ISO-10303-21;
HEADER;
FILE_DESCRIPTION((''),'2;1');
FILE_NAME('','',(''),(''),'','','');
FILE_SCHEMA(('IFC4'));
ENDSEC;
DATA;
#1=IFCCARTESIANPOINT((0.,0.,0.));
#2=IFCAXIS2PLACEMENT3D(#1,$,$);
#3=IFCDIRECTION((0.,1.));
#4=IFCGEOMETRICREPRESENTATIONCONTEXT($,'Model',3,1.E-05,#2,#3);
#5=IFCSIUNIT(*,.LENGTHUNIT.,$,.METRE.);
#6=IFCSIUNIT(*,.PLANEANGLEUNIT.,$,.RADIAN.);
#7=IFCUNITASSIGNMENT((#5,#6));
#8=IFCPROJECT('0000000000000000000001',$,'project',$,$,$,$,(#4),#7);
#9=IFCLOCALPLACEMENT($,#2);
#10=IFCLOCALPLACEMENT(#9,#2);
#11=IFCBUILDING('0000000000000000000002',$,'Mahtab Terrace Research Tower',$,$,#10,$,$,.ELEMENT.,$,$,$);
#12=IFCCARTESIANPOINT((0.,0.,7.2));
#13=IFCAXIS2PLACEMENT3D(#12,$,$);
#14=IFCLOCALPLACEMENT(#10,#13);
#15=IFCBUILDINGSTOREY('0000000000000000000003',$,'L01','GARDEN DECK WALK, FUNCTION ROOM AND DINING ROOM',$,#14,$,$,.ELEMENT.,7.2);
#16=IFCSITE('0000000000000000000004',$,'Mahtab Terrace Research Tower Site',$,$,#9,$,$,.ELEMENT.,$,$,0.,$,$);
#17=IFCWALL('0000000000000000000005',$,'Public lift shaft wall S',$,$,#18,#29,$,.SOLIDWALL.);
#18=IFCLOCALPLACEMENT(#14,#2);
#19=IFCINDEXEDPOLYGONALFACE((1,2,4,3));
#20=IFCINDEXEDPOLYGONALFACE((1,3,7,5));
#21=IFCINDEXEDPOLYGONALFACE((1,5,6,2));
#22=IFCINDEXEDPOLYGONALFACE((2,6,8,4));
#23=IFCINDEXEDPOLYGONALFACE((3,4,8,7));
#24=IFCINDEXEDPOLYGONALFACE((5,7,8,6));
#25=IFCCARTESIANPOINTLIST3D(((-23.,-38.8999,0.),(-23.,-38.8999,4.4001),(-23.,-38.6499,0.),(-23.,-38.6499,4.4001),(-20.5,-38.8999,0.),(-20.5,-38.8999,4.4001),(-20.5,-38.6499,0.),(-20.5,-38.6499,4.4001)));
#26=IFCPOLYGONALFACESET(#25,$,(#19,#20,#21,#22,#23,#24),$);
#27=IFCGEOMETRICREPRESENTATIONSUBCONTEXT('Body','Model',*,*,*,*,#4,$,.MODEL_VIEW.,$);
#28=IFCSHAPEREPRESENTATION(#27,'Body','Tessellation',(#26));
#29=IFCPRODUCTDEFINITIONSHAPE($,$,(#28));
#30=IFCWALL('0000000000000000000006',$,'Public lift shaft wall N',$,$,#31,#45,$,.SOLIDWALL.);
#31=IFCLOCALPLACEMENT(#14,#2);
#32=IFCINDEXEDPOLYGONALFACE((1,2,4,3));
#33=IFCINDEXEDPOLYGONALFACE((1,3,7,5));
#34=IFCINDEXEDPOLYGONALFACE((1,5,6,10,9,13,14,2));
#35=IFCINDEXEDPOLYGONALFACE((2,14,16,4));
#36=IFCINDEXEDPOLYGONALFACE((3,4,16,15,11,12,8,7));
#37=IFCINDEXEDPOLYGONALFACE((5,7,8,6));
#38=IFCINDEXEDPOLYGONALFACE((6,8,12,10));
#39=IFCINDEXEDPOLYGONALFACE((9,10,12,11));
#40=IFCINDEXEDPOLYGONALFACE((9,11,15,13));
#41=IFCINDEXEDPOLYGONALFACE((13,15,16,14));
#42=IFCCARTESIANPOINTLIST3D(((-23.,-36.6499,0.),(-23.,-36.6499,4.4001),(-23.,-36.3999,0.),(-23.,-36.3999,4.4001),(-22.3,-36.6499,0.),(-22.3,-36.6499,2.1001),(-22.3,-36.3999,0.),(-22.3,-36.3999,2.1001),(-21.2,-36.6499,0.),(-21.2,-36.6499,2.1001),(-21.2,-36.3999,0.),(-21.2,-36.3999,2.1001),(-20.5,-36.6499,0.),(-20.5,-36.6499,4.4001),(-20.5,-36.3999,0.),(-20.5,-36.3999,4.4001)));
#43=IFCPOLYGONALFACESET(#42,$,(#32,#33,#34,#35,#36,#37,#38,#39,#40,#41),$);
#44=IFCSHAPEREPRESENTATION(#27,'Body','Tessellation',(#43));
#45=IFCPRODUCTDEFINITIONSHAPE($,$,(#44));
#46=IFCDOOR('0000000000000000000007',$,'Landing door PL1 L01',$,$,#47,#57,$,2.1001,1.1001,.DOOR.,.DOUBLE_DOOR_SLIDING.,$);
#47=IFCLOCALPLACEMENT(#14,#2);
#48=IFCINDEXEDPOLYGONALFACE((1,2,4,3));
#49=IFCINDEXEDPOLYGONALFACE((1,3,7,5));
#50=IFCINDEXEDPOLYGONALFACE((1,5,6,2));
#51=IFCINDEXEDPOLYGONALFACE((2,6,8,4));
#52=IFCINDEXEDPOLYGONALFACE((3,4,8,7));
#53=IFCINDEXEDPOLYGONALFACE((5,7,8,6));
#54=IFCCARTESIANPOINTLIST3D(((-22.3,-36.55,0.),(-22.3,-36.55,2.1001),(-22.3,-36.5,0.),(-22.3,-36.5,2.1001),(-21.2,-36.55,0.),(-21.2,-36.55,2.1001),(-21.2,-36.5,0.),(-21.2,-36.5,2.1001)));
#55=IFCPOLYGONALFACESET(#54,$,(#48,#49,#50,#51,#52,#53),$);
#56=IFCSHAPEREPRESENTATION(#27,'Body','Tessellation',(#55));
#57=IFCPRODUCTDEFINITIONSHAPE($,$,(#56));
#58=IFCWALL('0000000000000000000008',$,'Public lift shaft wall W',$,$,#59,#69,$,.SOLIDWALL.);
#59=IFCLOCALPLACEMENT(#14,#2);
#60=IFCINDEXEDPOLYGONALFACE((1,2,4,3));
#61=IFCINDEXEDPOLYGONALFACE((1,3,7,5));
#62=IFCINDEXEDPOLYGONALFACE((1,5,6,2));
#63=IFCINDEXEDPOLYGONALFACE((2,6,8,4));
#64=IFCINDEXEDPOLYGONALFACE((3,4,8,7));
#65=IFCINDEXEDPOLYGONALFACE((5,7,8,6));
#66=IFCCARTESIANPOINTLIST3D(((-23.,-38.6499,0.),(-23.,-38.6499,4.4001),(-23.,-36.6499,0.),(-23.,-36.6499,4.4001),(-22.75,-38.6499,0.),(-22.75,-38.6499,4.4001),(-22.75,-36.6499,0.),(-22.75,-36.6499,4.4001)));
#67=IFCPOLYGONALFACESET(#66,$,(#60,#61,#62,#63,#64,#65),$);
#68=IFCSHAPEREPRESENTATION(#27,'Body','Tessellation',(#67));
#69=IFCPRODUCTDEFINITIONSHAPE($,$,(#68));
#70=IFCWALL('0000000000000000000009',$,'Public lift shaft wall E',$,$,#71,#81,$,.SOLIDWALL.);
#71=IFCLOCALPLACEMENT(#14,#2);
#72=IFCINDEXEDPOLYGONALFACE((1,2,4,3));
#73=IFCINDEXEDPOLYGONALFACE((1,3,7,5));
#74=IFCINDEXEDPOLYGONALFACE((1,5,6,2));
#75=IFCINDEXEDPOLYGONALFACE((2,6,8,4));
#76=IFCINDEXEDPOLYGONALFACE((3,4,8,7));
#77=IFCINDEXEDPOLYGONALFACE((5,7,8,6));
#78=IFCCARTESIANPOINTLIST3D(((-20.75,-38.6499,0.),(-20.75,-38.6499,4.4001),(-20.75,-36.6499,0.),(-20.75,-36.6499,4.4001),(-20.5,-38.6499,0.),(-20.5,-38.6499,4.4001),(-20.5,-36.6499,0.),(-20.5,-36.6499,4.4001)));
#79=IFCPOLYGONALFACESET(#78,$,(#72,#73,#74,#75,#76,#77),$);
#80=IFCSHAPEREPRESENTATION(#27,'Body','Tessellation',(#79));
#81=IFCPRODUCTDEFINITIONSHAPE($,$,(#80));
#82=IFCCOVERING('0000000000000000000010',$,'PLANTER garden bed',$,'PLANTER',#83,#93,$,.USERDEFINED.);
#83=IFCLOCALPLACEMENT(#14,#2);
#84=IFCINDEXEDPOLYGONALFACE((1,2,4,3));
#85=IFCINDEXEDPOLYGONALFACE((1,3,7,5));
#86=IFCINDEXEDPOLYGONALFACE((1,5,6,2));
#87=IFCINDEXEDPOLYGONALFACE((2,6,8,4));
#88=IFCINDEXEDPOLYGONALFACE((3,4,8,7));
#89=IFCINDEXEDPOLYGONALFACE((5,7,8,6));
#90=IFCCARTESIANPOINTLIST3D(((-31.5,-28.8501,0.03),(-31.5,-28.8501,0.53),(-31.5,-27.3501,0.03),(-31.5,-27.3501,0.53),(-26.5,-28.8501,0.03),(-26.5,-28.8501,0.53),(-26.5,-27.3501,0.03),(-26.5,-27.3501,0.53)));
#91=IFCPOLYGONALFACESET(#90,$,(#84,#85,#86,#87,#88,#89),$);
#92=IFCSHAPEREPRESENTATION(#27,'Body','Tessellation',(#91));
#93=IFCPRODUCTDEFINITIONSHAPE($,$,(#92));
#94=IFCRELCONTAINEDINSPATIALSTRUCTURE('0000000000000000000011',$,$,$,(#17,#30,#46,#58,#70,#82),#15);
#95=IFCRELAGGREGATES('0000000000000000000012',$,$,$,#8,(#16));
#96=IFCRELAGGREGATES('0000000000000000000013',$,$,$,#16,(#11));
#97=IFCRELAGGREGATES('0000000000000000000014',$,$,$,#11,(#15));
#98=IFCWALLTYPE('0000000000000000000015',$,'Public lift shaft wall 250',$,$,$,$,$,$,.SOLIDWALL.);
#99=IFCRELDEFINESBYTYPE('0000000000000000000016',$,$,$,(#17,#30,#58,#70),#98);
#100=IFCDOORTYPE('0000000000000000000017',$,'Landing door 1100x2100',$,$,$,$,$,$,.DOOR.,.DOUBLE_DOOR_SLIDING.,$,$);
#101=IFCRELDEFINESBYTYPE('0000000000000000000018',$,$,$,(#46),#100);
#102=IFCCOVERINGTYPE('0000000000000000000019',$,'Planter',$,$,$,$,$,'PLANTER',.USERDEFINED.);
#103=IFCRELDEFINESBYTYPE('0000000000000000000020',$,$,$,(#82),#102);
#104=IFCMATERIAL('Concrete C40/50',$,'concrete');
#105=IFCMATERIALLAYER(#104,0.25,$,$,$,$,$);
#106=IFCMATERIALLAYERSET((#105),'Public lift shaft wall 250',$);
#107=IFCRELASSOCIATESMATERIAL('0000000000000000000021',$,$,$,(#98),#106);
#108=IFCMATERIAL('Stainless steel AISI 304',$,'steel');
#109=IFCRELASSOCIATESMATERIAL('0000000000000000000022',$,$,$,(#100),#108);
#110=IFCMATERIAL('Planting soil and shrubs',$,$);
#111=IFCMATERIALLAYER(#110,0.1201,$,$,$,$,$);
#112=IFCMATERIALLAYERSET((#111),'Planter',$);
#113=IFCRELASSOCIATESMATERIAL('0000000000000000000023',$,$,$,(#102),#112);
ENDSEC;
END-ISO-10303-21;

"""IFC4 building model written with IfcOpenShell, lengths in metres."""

from ifc_helpers import new_model, si_unit, direction, frame, frame_2d, origin, origin_2d, place, context, subcontext, project, spatial, rectangle, extrude, material, layer, layer_set, type_object, element, fill, save


model = new_model("IFC4")

# Units and contexts
model_context = context("Model", 3, precision=1e-05, world=origin(), true_north=direction((0.0, 1.0)))
body_context = subcontext(model_context, "Body", "Model", "MODEL_VIEW")
ifc_project = project(units=[si_unit("LENGTHUNIT", "METRE"), si_unit("PLANEANGLEUNIT", "RADIAN")], contexts=[model_context])

# Site, building, storey
site_placement = place(None, origin())
site = spatial("IfcSite", under=ifc_project, at=site_placement, Name="Mahtab Terrace Research Tower Site", CompositionType="ELEMENT", RefElevation=0.0)
building_placement = place(site_placement, origin())
building = spatial("IfcBuilding", under=site, at=building_placement, Name="Mahtab Terrace Research Tower", CompositionType="ELEMENT")
storey_placement = place(building_placement, frame((0.0, 0.0, 7.2)))
storey = spatial("IfcBuildingStorey", under=building, at=storey_placement, Name="L01", Description="GARDEN DECK WALK, FUNCTION ROOM AND DINING ROOM", CompositionType="ELEMENT", Elevation=7.2)

# Wall
ifc_material_1 = material(Name="Concrete C40/50", Category="concrete")
ifc_layer_1 = layer(ifc_material_1, 0.25)
ifc_layer_set_1 = layer_set([ifc_layer_1], Name="Public lift shaft wall 250")
wall_type_1 = type_object("IfcWallType", Name="Public lift shaft wall 250", PredefinedType="SOLIDWALL", material=ifc_layer_set_1)
wall_1_placement = place(storey_placement, frame((-20.5, -38.7749, 0.0), z_axis=(0.0, 0.0, 1.0), x_axis=(-1.0, 0.0, 0.0)))
element("IfcWall", 1, at=wall_1_placement, inside=storey, type_object=wall_type_1, Name="Public lift shaft wall S", PredefinedType="SOLIDWALL", context=body_context, shape_type="SweptSolid", body=[
    extrude(rectangle(XDim=2.5, YDim=0.25, at=frame_2d((1.25, 0.0))), origin(), (0.0, 0.0, 1.0), 4.4001),
])

# Wall, opening, door
wall_2_placement = place(storey_placement, frame((-23.0, -36.5249, 0.0), z_axis=(0.0, 0.0, 1.0), x_axis=(1.0, 0.0, 0.0)))
wall_2 = element("IfcWall", 2, at=wall_2_placement, inside=storey, type_object=wall_type_1, Name="Public lift shaft wall N", PredefinedType="SOLIDWALL", context=body_context, shape_type="SweptSolid", body=[
    extrude(rectangle(XDim=2.5, YDim=0.25, at=frame_2d((1.25, 0.0))), origin(), (0.0, 0.0, 1.0), 4.4001),
])
opening_1_placement = place(wall_2_placement, frame((0.7, 0.0, 0.0)))
opening_1 = element("IfcOpeningElement", 3, at=opening_1_placement, cuts=wall_2, PredefinedType="OPENING", context=body_context, shape_type="SweptSolid", body=[
    extrude(rectangle(XDim=1.1001, YDim=2.1001, at=frame_2d((0.55, 1.05))), frame((0.0, 0.135, 0.0), z_axis=(0.0, -1.0, 0.0), x_axis=(1.0, 0.0, 0.0)), (0.0, 0.0, 1.0), 0.27),
])
ifc_material_2 = material(Name="Stainless steel AISI 304", Category="steel")
door_type_1 = type_object("IfcDoorType", Name="Landing door 1100x2100", OperationType="DOUBLE_DOOR_SLIDING", PredefinedType="DOOR", material=ifc_material_2)
door_1_placement = place(opening_1_placement, origin())
door_1 = element("IfcDoor", 4, at=door_1_placement, inside=storey, type_object=door_type_1, Name="Landing door PL1 L01", OperationType="DOUBLE_DOOR_SLIDING", OverallHeight=2.1001, OverallWidth=1.1001, PredefinedType="DOOR", context=body_context, shape_type="SweptSolid", body=[
    extrude(rectangle(XDim=1.1001, YDim=2.1001, at=frame_2d((0.55, 1.05))), frame((0.0, 0.0249, 0.0), z_axis=(0.0, -1.0, 0.0), x_axis=(1.0, 0.0, 0.0)), (0.0, 0.0, 1.0), 0.05),
])
fill(opening_1, door_1)

# Walls
for number, where, z_axis, x_axis, name in (
    (5, (-22.875, -38.6499, 0.0), (0.0, 0.0, 1.0), (0.0, 1.0, 0.0), "Public lift shaft wall W"),
    (6, (-20.625, -36.6499, 0.0), (0.0, 0.0, 1.0), (0.0, -1.0, 0.0), "Public lift shaft wall E"),
):
    element("IfcWall", number, at=place(storey_placement, frame(where, z_axis=z_axis, x_axis=x_axis)), inside=storey, type_object=wall_type_1, Name=name, PredefinedType="SOLIDWALL", context=body_context, shape_type="SweptSolid", body=[
        extrude(rectangle(XDim=2.0, YDim=0.25, at=frame_2d((1.0, 0.0))), origin(), (0.0, 0.0, 1.0), 4.4001),
    ])

# Covering
ifc_material_3 = material(Name="Planting soil and shrubs")
ifc_layer_2 = layer(ifc_material_3, 0.1201)
ifc_layer_set_2 = layer_set([ifc_layer_2], Name="Planter")
covering_type = type_object("IfcCoveringType", Name="Planter", ElementType="PLANTER", PredefinedType="USERDEFINED", material=ifc_layer_set_2)
covering_placement = place(storey_placement, frame((-29.0, -28.1001, 0.03), z_axis=(0.0, 0.0, 1.0), x_axis=(1.0, 0.0, 0.0)))
element("IfcCovering", 7, at=covering_placement, inside=storey, type_object=covering_type, Name="PLANTER garden bed", ObjectType="PLANTER", PredefinedType="USERDEFINED", context=body_context, shape_type="SweptSolid", body=[
    extrude(rectangle(XDim=5.0, YDim=1.5, at=origin_2d()), origin(), (0.0, 0.0, 1.0), 0.5),
])

save(model, "model.ifc")
